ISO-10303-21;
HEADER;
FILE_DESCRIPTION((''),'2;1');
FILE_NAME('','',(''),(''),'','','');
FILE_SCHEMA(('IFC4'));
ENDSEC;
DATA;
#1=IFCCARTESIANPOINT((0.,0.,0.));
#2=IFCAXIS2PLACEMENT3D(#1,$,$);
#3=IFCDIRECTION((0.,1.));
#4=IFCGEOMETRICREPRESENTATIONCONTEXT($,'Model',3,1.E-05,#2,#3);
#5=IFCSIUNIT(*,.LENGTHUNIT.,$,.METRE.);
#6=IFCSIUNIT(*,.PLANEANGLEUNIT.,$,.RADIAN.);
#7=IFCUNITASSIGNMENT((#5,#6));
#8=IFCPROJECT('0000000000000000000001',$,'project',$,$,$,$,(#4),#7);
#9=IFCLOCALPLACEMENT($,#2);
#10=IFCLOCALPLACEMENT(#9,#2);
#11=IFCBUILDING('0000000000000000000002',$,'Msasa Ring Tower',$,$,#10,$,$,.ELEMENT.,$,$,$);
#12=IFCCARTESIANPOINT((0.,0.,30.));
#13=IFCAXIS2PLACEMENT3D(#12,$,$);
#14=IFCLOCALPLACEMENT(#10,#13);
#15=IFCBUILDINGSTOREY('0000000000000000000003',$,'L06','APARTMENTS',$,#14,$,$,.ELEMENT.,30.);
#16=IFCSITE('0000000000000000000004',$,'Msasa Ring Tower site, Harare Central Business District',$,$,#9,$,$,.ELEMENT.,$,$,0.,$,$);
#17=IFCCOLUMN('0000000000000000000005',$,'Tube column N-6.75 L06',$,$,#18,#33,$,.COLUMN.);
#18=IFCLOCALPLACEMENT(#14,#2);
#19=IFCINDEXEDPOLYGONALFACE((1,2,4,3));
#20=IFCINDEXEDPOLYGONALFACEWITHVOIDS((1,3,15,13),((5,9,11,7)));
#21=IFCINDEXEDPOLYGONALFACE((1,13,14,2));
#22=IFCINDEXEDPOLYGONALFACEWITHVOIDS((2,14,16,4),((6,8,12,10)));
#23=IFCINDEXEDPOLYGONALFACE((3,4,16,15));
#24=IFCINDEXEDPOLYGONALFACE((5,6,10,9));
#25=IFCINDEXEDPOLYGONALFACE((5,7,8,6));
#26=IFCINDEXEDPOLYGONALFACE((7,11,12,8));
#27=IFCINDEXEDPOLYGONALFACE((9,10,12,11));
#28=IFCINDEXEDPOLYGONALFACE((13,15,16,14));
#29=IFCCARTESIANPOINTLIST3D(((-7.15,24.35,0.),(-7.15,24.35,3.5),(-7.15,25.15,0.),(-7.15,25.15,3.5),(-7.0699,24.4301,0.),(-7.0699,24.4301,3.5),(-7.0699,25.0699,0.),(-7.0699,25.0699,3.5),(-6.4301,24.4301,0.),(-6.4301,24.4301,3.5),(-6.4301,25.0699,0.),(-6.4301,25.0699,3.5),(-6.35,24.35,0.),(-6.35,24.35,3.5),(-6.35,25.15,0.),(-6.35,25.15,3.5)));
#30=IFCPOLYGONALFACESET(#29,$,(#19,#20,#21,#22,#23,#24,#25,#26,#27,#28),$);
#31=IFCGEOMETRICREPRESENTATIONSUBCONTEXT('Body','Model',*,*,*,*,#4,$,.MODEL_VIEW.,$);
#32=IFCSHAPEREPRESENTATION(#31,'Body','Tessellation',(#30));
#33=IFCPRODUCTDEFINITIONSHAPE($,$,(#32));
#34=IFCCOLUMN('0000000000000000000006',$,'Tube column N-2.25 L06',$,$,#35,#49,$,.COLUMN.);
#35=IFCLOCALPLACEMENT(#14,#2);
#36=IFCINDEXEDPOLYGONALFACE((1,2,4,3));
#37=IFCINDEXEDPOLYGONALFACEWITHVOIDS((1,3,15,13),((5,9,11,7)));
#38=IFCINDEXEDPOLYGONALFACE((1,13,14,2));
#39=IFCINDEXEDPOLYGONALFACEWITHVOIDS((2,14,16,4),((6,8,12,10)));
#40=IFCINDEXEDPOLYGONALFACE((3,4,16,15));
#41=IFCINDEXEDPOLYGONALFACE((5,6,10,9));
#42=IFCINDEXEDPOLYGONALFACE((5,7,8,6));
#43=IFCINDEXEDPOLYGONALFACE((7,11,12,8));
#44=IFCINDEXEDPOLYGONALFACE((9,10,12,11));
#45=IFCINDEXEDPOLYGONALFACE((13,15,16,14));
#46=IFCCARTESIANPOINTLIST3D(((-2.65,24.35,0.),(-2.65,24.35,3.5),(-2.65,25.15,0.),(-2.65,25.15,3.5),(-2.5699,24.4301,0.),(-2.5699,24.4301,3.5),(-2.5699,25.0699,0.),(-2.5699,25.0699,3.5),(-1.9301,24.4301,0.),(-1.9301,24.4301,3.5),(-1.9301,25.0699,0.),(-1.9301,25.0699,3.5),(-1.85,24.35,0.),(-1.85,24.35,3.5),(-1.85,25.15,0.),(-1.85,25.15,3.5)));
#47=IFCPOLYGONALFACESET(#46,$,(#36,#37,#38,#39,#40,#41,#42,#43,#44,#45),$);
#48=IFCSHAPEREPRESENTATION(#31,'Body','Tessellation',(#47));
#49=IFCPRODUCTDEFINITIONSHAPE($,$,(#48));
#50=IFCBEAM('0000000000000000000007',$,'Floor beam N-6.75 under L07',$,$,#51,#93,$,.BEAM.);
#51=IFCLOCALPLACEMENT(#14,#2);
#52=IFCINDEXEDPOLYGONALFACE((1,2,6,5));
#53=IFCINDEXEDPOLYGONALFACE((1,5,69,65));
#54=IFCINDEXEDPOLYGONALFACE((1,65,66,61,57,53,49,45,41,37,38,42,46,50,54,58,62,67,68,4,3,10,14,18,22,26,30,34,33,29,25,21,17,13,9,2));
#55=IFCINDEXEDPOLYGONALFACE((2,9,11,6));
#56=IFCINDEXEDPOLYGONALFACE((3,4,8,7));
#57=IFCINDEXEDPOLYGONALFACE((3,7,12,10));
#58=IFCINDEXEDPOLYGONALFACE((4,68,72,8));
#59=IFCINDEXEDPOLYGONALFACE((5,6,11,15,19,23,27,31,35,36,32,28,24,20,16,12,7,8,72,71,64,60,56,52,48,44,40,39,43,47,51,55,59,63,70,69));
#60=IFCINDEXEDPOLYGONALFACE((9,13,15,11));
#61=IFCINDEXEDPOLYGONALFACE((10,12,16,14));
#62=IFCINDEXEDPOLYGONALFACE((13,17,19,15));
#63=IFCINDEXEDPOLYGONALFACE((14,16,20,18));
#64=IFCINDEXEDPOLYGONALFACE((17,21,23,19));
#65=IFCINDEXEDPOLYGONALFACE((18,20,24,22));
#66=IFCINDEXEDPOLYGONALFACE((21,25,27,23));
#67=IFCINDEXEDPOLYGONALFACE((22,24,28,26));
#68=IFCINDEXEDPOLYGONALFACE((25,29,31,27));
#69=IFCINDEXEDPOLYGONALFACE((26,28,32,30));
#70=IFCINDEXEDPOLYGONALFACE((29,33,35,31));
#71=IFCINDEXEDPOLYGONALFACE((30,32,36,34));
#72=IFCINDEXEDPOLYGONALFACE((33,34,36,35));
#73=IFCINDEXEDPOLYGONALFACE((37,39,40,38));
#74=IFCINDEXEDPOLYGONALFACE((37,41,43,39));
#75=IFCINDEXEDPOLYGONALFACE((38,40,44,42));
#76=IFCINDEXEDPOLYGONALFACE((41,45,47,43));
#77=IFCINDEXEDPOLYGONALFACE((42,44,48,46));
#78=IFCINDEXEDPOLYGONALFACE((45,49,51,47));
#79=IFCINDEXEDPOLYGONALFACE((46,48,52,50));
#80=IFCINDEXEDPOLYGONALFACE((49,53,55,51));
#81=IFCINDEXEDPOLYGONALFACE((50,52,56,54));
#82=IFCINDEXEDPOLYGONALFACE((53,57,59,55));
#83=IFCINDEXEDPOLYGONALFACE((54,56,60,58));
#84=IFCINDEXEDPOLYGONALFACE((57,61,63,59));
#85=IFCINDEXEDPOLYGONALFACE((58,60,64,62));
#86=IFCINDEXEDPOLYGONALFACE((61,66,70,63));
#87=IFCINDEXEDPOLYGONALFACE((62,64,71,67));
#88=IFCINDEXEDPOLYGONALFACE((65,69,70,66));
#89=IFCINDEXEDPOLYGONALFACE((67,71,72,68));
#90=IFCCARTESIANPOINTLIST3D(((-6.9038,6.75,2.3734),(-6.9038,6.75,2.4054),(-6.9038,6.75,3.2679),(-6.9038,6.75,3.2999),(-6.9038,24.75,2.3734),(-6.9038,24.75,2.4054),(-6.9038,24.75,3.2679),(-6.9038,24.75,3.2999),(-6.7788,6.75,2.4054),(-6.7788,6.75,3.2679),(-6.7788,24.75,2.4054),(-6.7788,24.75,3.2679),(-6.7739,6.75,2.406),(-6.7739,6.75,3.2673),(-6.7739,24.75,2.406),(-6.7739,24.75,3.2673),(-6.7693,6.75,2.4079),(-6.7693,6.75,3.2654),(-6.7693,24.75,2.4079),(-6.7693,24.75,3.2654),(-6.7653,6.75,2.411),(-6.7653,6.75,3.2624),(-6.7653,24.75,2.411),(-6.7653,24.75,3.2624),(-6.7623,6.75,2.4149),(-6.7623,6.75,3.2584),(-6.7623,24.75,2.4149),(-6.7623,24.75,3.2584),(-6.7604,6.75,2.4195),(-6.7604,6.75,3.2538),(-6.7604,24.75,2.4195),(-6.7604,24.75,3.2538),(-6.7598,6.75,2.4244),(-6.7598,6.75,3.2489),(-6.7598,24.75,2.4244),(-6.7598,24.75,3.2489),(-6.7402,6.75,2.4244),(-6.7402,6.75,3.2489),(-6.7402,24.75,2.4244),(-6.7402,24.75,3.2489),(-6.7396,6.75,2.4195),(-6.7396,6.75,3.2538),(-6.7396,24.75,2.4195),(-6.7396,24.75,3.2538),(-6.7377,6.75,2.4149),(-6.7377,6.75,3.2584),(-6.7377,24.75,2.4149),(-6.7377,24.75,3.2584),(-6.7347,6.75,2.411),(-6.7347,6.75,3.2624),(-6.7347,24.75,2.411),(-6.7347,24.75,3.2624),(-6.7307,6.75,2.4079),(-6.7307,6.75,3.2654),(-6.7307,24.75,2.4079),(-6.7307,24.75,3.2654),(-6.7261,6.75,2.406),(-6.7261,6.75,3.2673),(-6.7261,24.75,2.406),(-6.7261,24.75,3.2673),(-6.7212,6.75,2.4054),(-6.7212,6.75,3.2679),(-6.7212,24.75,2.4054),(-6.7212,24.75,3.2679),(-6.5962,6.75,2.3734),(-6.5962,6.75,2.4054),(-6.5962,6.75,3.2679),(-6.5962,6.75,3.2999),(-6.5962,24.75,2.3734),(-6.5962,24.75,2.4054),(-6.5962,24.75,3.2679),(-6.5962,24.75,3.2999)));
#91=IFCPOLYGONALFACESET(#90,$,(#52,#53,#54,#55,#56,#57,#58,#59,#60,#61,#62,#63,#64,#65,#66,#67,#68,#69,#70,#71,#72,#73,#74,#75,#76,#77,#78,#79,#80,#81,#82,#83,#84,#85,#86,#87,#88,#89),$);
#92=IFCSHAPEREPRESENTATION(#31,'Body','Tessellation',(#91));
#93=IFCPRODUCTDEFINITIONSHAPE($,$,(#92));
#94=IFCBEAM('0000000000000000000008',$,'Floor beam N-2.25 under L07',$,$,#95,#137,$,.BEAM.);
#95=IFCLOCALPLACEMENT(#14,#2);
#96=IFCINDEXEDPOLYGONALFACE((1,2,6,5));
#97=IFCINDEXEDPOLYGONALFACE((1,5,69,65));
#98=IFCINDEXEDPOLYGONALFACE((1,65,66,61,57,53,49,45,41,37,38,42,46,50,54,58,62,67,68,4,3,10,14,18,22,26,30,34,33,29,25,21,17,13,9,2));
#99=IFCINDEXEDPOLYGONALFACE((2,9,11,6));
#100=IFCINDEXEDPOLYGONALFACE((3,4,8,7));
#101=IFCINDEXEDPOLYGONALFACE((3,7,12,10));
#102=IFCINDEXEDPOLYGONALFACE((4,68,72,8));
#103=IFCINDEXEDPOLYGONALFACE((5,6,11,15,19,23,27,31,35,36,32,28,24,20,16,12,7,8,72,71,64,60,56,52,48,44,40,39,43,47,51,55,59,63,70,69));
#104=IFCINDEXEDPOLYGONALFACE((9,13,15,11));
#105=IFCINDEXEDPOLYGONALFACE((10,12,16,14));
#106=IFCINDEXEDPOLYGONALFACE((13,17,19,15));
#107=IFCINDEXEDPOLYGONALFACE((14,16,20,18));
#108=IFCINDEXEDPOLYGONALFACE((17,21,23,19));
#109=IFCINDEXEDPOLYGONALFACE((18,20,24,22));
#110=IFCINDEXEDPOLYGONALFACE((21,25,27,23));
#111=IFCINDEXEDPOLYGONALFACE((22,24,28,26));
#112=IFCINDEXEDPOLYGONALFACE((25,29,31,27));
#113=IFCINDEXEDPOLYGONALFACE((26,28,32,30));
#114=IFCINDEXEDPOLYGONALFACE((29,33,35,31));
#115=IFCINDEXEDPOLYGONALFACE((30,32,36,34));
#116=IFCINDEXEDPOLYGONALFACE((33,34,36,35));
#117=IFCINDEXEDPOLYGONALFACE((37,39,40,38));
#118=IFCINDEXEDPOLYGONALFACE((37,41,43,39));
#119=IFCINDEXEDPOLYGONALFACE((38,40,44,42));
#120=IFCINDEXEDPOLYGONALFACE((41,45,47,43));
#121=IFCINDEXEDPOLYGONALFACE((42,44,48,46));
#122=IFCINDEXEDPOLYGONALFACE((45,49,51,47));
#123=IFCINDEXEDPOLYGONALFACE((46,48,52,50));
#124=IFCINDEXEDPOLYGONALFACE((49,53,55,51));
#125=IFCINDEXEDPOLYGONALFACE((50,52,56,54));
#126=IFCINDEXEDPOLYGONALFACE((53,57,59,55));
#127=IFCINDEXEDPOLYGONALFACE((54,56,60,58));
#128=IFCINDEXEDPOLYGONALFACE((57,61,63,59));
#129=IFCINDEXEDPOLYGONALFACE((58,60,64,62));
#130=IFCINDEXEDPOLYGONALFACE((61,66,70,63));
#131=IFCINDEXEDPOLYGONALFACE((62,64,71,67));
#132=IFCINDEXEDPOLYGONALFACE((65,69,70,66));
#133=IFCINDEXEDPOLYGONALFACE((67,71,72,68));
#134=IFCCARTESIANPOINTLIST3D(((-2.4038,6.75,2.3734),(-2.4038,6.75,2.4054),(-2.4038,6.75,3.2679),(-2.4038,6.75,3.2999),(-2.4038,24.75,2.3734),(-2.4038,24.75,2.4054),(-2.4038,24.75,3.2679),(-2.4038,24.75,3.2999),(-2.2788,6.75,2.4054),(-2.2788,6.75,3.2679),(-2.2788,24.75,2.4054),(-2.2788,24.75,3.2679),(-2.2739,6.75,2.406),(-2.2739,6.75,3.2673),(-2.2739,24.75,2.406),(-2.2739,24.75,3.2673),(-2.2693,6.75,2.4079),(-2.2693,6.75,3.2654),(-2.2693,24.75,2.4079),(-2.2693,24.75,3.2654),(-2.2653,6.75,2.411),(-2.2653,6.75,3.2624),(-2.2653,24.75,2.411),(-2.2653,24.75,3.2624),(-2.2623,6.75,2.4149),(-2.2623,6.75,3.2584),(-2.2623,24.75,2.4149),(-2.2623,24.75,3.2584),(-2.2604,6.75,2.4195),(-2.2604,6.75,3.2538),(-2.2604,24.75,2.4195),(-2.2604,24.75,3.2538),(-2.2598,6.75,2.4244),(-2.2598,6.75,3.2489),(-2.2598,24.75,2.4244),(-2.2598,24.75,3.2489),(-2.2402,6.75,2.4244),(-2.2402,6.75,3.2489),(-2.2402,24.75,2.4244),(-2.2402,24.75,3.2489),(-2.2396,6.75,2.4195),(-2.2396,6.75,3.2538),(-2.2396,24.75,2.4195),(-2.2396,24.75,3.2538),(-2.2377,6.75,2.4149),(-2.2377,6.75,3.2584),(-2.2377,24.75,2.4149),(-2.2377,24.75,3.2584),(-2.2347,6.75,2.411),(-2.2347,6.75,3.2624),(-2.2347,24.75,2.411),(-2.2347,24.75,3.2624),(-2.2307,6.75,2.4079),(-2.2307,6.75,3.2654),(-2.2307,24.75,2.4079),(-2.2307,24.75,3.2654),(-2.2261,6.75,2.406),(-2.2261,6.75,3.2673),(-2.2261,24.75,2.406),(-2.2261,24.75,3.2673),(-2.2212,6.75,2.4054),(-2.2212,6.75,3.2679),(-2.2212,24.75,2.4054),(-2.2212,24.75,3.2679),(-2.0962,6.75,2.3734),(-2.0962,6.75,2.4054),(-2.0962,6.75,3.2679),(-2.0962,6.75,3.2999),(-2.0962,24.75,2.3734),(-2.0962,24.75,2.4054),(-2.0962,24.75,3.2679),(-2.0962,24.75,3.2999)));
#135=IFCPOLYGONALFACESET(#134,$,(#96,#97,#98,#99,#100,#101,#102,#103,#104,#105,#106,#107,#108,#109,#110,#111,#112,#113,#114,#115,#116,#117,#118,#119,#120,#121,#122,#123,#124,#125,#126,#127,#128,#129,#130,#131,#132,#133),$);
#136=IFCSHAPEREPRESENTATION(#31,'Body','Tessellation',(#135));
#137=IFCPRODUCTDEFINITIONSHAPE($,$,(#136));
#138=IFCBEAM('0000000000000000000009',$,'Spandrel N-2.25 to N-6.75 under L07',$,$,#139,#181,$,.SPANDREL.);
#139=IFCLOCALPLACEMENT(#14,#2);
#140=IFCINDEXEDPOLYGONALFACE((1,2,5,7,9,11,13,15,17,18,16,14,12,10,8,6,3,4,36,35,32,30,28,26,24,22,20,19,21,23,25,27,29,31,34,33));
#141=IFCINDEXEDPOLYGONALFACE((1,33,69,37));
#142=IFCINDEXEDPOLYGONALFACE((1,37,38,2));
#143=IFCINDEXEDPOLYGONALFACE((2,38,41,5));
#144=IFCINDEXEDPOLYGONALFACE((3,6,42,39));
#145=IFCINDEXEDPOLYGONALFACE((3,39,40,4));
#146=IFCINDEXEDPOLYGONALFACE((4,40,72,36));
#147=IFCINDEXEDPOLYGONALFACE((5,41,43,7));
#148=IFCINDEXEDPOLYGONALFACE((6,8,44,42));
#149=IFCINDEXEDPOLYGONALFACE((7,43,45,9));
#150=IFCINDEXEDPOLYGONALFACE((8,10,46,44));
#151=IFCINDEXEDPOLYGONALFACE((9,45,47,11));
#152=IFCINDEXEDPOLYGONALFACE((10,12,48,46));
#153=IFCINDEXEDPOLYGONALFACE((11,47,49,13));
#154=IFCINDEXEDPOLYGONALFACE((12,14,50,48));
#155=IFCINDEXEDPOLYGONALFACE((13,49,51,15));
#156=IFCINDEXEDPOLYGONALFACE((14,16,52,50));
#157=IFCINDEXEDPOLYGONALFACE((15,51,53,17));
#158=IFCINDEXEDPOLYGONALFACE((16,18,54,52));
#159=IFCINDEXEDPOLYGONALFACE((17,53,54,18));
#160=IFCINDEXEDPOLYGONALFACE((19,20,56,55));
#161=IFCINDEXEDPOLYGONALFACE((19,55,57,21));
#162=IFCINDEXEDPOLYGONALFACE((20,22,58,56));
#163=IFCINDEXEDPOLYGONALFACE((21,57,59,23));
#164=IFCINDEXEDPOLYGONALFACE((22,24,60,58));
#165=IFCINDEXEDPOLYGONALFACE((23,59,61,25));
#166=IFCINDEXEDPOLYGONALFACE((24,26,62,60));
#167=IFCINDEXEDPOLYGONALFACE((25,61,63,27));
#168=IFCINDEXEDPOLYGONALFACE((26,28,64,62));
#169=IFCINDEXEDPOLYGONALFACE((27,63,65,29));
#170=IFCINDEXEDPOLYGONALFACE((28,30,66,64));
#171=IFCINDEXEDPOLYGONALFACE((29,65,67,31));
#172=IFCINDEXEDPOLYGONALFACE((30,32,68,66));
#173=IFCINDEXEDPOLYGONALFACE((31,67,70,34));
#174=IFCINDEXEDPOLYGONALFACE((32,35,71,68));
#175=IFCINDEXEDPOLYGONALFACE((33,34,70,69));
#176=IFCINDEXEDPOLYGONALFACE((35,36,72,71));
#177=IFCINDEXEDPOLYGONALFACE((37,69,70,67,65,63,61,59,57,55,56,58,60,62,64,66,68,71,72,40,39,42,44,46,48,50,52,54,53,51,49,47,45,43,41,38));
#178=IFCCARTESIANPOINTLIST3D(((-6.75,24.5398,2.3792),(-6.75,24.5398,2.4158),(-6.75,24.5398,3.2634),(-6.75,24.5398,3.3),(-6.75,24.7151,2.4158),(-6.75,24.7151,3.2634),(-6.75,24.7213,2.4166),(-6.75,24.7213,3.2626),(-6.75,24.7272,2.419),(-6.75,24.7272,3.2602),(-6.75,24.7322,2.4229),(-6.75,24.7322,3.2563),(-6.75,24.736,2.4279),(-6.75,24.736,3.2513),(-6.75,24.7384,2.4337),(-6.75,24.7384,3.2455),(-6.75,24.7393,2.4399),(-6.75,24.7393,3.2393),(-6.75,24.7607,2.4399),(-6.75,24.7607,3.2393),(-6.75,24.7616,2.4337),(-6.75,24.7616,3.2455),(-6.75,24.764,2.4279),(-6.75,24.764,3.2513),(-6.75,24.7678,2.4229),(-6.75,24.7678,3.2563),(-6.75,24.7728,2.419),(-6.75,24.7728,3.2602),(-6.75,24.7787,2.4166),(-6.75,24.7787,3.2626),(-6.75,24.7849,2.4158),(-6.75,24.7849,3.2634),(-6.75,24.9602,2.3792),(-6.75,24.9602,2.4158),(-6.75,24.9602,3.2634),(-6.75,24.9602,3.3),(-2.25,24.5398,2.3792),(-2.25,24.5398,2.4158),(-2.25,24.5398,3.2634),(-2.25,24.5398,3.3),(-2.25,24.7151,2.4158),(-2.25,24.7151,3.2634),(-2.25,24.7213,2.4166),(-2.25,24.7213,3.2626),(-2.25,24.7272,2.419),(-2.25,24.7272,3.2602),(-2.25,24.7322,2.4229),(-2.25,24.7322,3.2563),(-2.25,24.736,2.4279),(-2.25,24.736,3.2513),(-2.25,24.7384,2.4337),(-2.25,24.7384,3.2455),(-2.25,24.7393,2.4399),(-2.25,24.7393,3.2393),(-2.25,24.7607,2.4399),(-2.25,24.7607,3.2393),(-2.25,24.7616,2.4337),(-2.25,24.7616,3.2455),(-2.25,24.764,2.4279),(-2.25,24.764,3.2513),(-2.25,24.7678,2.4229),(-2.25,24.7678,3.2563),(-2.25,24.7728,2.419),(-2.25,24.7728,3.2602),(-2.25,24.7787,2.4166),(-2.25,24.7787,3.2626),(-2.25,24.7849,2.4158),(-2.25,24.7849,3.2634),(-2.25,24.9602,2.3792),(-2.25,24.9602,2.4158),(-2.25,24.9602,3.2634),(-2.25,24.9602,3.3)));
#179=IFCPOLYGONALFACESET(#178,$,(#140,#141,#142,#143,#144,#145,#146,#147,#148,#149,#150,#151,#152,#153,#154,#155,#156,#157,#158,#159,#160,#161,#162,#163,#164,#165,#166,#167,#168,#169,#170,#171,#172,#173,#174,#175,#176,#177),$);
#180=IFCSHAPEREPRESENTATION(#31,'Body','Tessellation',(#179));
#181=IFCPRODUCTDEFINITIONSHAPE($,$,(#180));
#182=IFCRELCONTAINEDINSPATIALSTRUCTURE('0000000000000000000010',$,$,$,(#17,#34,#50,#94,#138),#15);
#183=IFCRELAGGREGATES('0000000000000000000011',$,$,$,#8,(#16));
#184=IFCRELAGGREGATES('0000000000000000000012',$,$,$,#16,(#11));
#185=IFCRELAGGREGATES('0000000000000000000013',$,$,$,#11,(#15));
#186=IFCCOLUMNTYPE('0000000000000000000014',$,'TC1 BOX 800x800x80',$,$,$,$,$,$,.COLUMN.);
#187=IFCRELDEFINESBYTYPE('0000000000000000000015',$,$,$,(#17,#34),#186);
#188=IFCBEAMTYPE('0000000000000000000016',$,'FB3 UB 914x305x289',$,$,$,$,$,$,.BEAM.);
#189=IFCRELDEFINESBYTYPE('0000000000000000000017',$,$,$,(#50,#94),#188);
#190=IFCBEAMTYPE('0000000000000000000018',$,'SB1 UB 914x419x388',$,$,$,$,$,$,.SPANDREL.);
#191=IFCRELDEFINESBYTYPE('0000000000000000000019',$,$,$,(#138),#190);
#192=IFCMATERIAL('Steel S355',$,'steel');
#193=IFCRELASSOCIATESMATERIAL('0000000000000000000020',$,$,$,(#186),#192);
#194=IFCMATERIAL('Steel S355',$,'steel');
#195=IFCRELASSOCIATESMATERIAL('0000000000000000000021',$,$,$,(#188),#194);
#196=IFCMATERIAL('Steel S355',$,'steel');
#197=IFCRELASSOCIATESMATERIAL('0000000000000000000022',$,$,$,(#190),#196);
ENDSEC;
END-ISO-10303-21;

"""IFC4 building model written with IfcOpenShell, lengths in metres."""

from ifc_helpers import new_model, si_unit, direction, frame, origin, origin_2d, place, context, subcontext, project, spatial, hollow_rectangle, i_section, extrude, material, material_profile, profile_set, type_object, element, save


model = new_model("IFC4")

# Units and contexts
model_context = context("Model", 3, precision=1e-05, world=origin(), true_north=direction((0.0, 1.0)))
body_context = subcontext(model_context, "Body", "Model", "MODEL_VIEW")
ifc_project = project(units=[si_unit("LENGTHUNIT", "METRE"), si_unit("PLANEANGLEUNIT", "RADIAN")], contexts=[model_context])

# Site, building, storey
site_placement = place(None, origin())
site = spatial("IfcSite", under=ifc_project, at=site_placement, Name="Msasa Ring Tower site, Harare Central Business District", CompositionType="ELEMENT", RefElevation=0.0)
building_placement = place(site_placement, origin())
building = spatial("IfcBuilding", under=site, at=building_placement, Name="Msasa Ring Tower", CompositionType="ELEMENT")
storey_placement = place(building_placement, frame((0.0, 0.0, 30.0)))
storey = spatial("IfcBuildingStorey", under=building, at=storey_placement, Name="L06", Description="APARTMENTS", CompositionType="ELEMENT", Elevation=30.0)

# Columns
ifc_material_1 = material(Name="Steel S355", Category="steel")
ifc_material_profile_1 = material_profile(ifc_material_1, hollow_rectangle(XDim=0.8, YDim=0.8, WallThickness=0.0801, at=origin_2d()), Name="BOX 800x800x80")
ifc_profile_set_1 = profile_set([ifc_material_profile_1], Name="Steel S355")
column_type = type_object("IfcColumnType", Name="TC1 BOX 800x800x80", PredefinedType="COLUMN", material=ifc_profile_set_1)
for number, where, z_axis, x_axis, name in (
    (1, (-6.75, 24.75, 0.0), (0.0, 0.0, 1.0), (0.0, 1.0, 0.0), "Tube column N-6.75 L06"),
    (2, (-2.25, 24.75, 0.0), (0.0, 0.0, 1.0), (0.0, 1.0, 0.0), "Tube column N-2.25 L06"),
):
    element("IfcColumn", number, at=place(storey_placement, frame(where, z_axis=z_axis, x_axis=x_axis)), inside=storey, type_object=column_type, Name=name, PredefinedType="COLUMN", context=body_context, shape_type="SweptSolid", body=[
        extrude(hollow_rectangle(XDim=0.8, YDim=0.8, WallThickness=0.0801, at=origin_2d()), origin(), (0.0, 0.0, 1.0), 3.5),
    ])

# Beams
ifc_material_2 = material(Name="Steel S355", Category="steel")
ifc_material_profile_2 = material_profile(ifc_material_2, i_section(OverallWidth=0.3076, OverallDepth=0.9265, WebThickness=0.0195, FlangeThickness=0.032, FilletRadius=0.019, at=origin_2d()), Name="UB 914x305x289")
ifc_profile_set_2 = profile_set([ifc_material_profile_2], Name="Steel S355")
beam_type_1 = type_object("IfcBeamType", Name="FB3 UB 914x305x289", PredefinedType="BEAM", material=ifc_profile_set_2)
for number, where, z_axis, x_axis, name in (
    (3, (-6.75, 24.75, 2.8367), (0.0, -1.0, 0.0), (1.0, 0.0, 0.0), "Floor beam N-6.75 under L07"),
    (4, (-2.25, 24.75, 2.8367), (0.0, -1.0, 0.0), (1.0, 0.0, 0.0), "Floor beam N-2.25 under L07"),
):
    element("IfcBeam", number, at=place(storey_placement, frame(where, z_axis=z_axis, x_axis=x_axis)), inside=storey, type_object=beam_type_1, Name=name, PredefinedType="BEAM", context=body_context, shape_type="SweptSolid", body=[
        extrude(i_section(OverallWidth=0.3076, OverallDepth=0.9265, WebThickness=0.0195, FlangeThickness=0.032, FilletRadius=0.019, at=origin_2d()), origin(), (0.0, 0.0, 1.0), 18.0),
    ])
ifc_material_3 = material(Name="Steel S355", Category="steel")
ifc_material_profile_3 = material_profile(ifc_material_3, i_section(OverallWidth=0.4204, OverallDepth=0.9209, WebThickness=0.0215, FlangeThickness=0.0366, FilletRadius=0.0242, at=origin_2d()), Name="UB 914x419x388")
ifc_profile_set_3 = profile_set([ifc_material_profile_3], Name="Steel S355")
beam_type_2 = type_object("IfcBeamType", Name="SB1 UB 914x419x388", PredefinedType="SPANDREL", material=ifc_profile_set_3)
for number, where, z_axis, x_axis, name in (
    (5, (-2.25, 24.75, 2.8396), (-1.0, 0.0, 0.0), (0.0, -1.0, 0.0), "Spandrel N-2.25 to N-6.75 under L07"),
):
    element("IfcBeam", number, at=place(storey_placement, frame(where, z_axis=z_axis, x_axis=x_axis)), inside=storey, type_object=beam_type_2, Name=name, PredefinedType="SPANDREL", context=body_context, shape_type="SweptSolid", body=[
        extrude(i_section(OverallWidth=0.4204, OverallDepth=0.9209, WebThickness=0.0215, FlangeThickness=0.0366, FilletRadius=0.0242, at=origin_2d()), origin(), (0.0, 0.0, 1.0), 4.5),
    ])

save(model, "model.ifc")
